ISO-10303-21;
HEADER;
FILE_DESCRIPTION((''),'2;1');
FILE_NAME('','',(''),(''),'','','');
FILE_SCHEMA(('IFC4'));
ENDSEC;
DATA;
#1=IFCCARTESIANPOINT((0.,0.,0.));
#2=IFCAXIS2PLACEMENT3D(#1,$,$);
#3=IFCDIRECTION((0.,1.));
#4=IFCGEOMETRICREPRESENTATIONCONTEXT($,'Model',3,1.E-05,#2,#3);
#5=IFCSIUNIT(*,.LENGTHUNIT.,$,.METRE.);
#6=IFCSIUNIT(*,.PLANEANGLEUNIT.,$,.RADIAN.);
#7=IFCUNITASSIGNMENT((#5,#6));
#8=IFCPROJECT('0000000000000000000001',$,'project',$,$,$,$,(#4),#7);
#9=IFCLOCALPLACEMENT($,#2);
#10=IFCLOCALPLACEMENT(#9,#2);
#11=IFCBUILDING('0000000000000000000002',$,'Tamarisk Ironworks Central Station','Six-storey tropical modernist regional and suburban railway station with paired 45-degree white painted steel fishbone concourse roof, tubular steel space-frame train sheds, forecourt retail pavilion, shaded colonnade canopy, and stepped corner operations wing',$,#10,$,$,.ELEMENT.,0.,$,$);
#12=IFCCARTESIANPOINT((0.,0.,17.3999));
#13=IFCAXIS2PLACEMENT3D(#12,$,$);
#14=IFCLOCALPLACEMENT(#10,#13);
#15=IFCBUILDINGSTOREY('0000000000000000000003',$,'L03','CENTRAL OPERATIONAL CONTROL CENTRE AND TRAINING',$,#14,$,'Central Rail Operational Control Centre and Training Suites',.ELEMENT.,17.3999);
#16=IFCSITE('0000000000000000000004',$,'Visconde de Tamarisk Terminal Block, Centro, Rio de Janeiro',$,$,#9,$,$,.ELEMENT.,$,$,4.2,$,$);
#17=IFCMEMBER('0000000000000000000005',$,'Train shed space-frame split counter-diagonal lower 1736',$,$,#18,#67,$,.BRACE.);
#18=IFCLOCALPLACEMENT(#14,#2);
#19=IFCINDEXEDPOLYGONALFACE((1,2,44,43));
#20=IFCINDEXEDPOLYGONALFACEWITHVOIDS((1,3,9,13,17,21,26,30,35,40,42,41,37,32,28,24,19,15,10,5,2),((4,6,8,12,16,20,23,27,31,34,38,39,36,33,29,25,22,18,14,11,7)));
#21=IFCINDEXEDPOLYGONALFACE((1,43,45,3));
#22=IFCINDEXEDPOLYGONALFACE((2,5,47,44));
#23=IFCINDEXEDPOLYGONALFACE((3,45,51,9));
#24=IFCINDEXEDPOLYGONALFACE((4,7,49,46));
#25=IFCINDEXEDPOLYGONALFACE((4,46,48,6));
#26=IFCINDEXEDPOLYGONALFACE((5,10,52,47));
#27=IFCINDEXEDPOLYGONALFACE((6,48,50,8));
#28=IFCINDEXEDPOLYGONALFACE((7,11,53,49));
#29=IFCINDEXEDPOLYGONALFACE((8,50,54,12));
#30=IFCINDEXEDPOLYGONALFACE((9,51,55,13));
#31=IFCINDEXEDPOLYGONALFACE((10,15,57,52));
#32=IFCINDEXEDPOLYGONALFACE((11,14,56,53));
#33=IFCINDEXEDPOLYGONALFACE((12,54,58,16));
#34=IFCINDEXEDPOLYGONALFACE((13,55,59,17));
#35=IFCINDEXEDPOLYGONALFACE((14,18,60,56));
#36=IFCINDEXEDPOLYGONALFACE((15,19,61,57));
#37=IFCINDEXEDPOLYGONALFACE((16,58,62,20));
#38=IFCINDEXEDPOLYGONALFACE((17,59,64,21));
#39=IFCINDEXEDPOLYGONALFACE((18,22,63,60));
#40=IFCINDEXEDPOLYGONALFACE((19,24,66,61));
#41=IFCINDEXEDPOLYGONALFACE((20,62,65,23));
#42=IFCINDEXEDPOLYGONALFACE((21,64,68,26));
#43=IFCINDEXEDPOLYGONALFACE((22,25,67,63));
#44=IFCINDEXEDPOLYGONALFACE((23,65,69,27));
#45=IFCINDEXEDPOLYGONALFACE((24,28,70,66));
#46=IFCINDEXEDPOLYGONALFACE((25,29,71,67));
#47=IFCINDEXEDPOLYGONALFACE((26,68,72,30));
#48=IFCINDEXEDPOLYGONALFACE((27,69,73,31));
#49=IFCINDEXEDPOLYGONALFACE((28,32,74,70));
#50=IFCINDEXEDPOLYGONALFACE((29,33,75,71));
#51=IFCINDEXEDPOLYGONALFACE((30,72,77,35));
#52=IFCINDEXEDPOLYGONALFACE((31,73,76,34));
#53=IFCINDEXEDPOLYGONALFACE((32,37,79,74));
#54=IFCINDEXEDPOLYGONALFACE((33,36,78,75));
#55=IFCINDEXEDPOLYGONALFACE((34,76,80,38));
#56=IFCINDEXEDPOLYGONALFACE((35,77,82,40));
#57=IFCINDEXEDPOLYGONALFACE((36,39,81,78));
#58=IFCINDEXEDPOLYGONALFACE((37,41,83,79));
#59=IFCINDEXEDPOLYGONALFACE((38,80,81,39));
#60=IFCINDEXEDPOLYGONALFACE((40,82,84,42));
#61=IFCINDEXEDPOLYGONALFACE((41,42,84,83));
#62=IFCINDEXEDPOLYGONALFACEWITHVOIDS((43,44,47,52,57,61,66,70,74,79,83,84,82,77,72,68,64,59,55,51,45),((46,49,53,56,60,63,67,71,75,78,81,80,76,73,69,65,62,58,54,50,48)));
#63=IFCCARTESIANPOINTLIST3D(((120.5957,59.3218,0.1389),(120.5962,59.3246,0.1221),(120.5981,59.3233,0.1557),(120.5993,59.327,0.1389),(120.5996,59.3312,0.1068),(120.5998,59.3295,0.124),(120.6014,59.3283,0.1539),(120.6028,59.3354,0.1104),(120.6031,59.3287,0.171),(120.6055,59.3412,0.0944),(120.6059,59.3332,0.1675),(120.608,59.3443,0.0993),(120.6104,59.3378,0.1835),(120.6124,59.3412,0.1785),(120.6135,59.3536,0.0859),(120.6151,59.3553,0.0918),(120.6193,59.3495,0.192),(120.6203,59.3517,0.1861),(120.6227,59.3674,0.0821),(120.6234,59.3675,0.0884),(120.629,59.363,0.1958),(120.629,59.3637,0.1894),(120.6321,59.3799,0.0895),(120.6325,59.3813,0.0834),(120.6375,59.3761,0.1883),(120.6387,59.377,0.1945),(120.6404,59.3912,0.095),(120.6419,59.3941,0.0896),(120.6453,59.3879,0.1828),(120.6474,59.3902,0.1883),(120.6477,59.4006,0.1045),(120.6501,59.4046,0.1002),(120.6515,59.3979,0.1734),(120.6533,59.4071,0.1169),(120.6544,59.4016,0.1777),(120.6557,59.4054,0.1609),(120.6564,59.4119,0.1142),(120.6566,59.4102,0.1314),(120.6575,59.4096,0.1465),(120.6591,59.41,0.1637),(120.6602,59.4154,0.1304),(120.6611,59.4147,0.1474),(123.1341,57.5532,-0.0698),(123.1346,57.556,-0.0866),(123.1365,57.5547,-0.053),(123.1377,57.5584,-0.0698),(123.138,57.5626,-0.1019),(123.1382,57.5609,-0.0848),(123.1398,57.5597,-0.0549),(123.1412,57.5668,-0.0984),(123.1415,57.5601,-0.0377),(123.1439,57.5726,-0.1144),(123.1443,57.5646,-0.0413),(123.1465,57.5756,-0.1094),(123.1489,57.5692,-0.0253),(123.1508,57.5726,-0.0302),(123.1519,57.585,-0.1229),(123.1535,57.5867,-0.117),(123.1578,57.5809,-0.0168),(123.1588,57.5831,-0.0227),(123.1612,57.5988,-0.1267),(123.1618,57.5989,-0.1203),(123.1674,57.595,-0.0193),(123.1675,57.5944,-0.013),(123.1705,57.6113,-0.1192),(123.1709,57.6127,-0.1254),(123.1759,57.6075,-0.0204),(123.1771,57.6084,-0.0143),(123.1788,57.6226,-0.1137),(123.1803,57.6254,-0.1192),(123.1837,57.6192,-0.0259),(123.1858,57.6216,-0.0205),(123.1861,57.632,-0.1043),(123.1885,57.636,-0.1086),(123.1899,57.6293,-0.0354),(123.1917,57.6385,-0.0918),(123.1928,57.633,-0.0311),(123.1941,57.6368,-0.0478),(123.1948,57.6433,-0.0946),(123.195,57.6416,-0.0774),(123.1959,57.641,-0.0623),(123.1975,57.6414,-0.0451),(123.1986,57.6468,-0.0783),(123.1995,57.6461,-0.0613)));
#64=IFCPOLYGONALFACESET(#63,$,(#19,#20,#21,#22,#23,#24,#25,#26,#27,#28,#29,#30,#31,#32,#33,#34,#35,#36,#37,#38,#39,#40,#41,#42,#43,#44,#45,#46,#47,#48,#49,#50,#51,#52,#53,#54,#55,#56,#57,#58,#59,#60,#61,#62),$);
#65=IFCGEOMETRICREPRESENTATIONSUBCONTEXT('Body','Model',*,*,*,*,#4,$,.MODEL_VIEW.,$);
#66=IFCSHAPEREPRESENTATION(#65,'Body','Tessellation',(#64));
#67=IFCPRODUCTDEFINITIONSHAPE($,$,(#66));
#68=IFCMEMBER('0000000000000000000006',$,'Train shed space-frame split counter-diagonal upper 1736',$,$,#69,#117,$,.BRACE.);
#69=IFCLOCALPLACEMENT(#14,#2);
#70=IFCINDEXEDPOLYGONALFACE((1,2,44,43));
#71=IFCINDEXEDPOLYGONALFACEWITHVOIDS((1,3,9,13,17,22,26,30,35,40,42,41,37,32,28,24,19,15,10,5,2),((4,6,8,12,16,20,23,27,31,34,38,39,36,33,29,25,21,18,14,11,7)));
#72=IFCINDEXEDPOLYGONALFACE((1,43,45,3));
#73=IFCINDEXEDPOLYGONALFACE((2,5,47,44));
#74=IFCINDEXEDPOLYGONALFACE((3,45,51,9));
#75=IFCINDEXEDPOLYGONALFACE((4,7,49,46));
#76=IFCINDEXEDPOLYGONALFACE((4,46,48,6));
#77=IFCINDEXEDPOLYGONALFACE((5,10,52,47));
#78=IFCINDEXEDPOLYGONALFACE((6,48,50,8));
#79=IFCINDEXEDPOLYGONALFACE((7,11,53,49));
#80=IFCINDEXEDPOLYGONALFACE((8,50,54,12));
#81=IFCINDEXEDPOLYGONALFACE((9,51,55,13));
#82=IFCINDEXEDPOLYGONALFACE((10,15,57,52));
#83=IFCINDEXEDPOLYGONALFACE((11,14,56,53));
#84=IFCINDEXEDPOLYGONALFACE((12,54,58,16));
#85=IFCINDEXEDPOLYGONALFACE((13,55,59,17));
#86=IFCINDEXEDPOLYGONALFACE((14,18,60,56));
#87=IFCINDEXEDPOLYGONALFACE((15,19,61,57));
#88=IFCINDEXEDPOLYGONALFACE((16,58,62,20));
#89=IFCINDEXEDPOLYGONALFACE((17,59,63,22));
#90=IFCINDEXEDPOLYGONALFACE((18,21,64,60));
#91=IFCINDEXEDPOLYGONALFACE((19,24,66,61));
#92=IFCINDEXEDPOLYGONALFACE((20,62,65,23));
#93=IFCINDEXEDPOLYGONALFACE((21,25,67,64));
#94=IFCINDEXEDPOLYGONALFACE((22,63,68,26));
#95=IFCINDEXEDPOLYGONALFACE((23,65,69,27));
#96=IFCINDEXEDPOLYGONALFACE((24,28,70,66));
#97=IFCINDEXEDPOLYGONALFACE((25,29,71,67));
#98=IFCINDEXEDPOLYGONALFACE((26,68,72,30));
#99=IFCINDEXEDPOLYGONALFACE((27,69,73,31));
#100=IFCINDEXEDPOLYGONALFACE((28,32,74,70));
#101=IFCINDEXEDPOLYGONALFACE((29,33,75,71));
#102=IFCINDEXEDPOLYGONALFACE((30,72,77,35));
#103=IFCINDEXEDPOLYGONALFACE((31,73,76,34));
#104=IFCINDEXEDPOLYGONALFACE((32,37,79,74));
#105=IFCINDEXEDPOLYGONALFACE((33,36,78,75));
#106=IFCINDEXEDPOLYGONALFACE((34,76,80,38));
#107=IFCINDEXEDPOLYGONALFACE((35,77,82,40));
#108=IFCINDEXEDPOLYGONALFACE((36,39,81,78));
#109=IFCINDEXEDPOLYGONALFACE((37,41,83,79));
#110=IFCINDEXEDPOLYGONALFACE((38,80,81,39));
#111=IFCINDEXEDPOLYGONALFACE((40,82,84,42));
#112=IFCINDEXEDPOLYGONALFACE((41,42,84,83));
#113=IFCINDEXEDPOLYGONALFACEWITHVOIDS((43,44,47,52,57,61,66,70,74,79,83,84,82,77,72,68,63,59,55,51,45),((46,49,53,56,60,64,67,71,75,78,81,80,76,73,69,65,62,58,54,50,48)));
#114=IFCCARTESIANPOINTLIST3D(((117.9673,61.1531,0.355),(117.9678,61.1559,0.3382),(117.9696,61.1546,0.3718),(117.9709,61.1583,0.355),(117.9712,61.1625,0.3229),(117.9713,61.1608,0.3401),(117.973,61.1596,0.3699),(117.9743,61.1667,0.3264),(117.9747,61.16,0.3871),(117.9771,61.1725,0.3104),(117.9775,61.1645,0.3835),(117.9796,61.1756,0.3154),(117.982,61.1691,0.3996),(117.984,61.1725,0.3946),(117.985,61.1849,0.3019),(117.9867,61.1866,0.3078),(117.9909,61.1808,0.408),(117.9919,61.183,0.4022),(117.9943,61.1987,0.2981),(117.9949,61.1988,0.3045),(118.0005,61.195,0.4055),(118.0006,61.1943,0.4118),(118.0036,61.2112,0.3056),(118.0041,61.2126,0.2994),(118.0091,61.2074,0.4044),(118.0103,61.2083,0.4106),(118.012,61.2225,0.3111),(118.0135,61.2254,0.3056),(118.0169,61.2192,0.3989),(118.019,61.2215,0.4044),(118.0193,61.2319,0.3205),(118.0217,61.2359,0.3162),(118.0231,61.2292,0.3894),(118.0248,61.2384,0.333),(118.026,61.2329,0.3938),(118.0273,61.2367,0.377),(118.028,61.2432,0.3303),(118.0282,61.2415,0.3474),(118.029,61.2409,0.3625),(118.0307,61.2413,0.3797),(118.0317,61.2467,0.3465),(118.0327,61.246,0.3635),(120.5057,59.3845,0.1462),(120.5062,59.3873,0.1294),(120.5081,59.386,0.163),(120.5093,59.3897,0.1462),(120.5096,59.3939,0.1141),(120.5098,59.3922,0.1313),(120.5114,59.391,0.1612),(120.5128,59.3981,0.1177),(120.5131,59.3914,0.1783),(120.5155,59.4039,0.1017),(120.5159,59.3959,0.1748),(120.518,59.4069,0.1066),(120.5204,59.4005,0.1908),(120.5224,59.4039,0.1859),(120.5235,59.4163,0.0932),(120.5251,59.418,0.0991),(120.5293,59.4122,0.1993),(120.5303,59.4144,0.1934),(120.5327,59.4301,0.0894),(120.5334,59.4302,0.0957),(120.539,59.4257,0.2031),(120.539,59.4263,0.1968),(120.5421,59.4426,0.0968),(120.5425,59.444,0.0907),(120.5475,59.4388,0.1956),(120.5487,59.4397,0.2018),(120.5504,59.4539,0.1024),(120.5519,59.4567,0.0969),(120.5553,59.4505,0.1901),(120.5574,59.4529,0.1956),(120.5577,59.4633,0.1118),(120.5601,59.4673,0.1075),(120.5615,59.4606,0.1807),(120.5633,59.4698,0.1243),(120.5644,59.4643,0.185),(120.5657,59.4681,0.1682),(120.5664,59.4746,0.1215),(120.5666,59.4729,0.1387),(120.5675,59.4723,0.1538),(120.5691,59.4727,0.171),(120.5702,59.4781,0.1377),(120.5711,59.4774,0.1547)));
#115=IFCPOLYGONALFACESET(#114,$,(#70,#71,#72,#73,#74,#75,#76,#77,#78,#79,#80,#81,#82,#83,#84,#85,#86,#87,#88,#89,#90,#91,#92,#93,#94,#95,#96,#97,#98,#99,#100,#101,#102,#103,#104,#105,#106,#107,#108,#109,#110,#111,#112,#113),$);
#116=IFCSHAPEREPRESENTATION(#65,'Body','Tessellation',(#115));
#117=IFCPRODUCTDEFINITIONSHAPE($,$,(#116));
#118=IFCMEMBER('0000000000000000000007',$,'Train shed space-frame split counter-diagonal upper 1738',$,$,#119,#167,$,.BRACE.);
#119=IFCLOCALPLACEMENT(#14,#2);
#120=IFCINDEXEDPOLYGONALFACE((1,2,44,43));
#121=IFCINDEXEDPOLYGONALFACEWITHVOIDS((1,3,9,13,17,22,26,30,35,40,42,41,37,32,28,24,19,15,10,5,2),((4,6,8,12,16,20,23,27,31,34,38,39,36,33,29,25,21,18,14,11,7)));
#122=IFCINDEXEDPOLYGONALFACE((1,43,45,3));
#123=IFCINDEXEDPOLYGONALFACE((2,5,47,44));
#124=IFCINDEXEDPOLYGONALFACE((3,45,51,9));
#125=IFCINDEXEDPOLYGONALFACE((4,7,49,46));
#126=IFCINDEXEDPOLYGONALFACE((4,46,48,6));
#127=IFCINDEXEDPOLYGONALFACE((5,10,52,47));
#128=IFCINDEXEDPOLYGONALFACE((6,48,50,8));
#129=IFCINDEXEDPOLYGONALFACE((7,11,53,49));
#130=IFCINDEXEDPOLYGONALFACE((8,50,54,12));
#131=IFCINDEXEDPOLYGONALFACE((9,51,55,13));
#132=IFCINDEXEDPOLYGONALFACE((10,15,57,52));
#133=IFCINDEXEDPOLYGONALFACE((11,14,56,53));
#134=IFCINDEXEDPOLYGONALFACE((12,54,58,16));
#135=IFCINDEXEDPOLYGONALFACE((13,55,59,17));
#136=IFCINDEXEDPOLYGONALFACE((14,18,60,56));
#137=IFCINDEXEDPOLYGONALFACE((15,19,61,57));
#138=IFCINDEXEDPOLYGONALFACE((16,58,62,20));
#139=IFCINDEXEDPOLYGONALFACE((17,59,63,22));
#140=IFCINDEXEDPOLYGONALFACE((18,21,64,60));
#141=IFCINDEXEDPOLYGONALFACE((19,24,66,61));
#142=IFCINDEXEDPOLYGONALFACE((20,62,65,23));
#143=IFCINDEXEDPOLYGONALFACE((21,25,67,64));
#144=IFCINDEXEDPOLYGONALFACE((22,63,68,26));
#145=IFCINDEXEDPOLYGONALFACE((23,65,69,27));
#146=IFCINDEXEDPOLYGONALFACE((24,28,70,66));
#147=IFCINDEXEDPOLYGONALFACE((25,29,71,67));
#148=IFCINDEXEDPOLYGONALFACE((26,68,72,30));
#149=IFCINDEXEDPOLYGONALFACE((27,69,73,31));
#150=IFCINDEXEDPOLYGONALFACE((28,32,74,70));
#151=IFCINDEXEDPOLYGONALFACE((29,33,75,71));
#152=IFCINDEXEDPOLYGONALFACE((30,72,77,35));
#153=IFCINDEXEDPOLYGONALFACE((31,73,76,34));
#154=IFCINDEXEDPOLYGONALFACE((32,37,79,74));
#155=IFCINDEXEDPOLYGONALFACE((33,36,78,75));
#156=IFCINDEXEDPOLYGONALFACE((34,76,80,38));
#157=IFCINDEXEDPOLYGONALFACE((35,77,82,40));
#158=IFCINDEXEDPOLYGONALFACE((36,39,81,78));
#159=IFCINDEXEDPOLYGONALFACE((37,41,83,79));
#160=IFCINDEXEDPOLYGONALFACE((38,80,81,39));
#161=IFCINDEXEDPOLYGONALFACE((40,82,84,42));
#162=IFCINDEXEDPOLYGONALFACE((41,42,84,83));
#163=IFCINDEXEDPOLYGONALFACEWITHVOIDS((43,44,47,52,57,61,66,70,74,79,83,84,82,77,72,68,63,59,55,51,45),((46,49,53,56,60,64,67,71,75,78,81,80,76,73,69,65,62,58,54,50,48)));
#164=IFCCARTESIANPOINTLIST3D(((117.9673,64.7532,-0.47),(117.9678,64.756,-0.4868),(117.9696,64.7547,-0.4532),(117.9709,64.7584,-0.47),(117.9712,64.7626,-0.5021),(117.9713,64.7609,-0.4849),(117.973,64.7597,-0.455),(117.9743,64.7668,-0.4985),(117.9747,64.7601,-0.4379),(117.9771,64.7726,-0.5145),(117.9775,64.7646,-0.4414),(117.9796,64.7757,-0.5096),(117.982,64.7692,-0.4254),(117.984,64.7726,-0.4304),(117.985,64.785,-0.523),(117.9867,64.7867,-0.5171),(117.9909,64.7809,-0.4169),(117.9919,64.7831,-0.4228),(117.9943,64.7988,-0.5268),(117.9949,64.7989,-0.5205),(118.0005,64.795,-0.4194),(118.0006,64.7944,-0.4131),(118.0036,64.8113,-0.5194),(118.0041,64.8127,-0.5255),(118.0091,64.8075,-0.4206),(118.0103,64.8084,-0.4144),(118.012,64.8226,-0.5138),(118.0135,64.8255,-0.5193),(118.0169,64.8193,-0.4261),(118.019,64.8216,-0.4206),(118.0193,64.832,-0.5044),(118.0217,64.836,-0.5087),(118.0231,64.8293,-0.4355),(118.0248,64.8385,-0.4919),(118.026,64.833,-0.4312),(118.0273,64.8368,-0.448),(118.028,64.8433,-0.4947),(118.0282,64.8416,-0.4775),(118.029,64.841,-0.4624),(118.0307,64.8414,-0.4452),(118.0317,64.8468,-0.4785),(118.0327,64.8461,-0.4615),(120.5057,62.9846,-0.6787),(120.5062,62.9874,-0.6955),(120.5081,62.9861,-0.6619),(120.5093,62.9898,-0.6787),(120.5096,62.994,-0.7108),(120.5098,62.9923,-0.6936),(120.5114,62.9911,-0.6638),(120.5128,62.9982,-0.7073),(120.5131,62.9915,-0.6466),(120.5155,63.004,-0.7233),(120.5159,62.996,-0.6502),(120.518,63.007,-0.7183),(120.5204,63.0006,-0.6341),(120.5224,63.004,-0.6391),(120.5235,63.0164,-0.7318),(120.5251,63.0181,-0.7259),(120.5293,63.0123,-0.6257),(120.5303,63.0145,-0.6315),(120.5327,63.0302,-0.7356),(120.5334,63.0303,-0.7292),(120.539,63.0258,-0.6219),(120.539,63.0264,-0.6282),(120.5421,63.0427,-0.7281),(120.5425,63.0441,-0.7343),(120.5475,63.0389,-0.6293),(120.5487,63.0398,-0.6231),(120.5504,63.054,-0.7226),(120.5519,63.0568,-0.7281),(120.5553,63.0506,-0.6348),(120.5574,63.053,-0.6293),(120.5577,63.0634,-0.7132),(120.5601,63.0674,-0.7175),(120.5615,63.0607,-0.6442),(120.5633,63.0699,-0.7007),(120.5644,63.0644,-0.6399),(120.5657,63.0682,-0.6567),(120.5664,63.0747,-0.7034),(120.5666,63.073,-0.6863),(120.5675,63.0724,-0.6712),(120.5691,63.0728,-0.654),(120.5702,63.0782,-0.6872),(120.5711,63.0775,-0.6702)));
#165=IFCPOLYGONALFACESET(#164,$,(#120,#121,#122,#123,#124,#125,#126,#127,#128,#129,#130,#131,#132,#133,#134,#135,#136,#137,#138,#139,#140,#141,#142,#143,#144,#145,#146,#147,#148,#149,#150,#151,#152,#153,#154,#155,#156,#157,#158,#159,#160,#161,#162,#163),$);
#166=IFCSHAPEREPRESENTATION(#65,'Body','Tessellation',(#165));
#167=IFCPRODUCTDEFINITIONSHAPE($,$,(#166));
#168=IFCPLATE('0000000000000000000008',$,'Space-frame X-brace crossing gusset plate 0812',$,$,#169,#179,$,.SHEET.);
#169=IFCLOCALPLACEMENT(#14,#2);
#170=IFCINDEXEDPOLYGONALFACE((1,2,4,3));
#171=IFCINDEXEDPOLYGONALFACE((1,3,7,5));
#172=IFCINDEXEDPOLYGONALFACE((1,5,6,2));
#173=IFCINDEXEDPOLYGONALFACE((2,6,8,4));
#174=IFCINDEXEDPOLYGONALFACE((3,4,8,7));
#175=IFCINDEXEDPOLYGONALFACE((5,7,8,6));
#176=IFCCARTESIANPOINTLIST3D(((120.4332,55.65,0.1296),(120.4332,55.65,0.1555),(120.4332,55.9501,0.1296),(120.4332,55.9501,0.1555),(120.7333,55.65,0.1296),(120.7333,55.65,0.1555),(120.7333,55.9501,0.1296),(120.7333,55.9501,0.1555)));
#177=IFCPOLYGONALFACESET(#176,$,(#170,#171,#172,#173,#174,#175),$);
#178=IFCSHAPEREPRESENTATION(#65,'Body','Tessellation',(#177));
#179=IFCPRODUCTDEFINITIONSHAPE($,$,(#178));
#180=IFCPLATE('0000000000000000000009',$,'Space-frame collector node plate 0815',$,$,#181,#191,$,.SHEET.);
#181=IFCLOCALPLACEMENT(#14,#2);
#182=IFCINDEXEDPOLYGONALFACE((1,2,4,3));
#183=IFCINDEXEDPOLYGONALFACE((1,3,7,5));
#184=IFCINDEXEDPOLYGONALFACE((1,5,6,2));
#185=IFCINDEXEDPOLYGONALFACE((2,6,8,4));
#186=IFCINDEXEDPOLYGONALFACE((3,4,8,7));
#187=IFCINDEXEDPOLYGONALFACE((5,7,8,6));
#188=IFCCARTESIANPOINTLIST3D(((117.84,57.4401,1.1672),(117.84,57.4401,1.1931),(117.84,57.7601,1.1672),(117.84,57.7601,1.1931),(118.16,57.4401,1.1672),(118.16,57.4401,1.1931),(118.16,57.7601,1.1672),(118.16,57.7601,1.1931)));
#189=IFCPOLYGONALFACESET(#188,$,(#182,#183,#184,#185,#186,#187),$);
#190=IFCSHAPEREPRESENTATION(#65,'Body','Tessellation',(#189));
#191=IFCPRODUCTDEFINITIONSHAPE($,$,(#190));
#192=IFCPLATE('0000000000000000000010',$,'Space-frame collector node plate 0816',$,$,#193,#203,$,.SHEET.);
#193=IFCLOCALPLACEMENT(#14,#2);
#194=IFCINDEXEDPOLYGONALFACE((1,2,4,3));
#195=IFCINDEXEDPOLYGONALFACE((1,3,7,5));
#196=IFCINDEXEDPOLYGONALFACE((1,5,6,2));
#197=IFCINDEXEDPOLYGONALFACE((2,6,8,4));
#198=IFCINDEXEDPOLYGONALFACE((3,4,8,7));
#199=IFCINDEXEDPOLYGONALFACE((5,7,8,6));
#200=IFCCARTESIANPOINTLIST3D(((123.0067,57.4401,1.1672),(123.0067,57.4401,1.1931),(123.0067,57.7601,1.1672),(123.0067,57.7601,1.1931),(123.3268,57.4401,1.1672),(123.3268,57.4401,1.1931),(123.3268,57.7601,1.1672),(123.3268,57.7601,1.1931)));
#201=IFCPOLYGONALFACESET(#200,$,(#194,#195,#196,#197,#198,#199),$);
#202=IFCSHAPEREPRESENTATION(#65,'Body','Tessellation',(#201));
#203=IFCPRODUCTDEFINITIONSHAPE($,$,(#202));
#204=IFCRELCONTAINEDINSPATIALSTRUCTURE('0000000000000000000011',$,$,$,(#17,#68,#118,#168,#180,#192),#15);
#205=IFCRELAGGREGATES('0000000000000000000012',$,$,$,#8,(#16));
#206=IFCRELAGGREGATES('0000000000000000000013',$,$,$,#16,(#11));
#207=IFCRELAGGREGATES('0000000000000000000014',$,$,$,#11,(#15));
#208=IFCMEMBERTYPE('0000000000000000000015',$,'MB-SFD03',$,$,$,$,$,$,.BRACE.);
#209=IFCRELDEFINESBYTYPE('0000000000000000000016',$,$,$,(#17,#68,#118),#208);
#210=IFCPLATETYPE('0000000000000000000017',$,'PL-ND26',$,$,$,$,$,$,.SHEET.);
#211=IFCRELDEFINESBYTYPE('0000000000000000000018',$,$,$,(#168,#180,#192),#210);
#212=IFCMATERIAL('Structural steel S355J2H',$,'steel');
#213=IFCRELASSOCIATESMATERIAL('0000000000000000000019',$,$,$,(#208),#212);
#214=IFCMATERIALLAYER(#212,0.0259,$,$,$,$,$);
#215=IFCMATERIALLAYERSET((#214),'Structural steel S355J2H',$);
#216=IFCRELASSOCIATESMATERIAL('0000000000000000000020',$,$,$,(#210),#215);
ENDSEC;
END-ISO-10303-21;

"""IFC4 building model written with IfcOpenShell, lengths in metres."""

from ifc_helpers import new_model, si_unit, direction, frame, origin, origin_2d, place, context, subcontext, project, spatial, rectangle, hollow_circle, extrude, material, layer, layer_set, material_profile, profile_set, type_object, element, save


model = new_model("IFC4")

# Units and contexts
model_context = context("Model", 3, precision=1e-05, world=origin(), true_north=direction((0.0, 1.0)))
body_context = subcontext(model_context, "Body", "Model", "MODEL_VIEW")
ifc_project = project(units=[si_unit("LENGTHUNIT", "METRE"), si_unit("PLANEANGLEUNIT", "RADIAN")], contexts=[model_context])

# Site, building, storey
site_placement = place(None, origin())
site = spatial("IfcSite", under=ifc_project, at=site_placement, Name="Visconde de Tamarisk Terminal Block, Centro, Rio de Janeiro", CompositionType="ELEMENT", RefElevation=4.2)
building_placement = place(site_placement, origin())
building = spatial("IfcBuilding", under=site, at=building_placement, Name="Tamarisk Ironworks Central Station", Description="Six-storey tropical modernist regional and suburban railway station with paired 45-degree white painted steel fishbone concourse roof, tubular steel space-frame train sheds, forecourt retail pavilion, shaded colonnade canopy, and stepped corner operations wing", CompositionType="ELEMENT", ElevationOfRefHeight=0.0)
storey_placement = place(building_placement, frame((0.0, 0.0, 17.3999)))
storey = spatial("IfcBuildingStorey", under=building, at=storey_placement, Name="L03", Description="CENTRAL OPERATIONAL CONTROL CENTRE AND TRAINING", LongName="Central Rail Operational Control Centre and Training Suites", CompositionType="ELEMENT", Elevation=17.3999)

# Members
ifc_material_1 = material(Name="Structural steel S355J2H", Category="steel")
ifc_material_profile_1 = material_profile(ifc_material_1, hollow_circle(Radius=0.0571, WallThickness=0.0063, at=origin_2d()), Name="CHS 114.3x6.3")
ifc_profile_set_1 = profile_set([ifc_material_profile_1], Name="Structural steel S355J2H")
member_type_1 = type_object("IfcMemberType", Name="MB-SFD03", PredefinedType="BRACE", material=ifc_profile_set_1)
for number, where, z_axis, x_axis, name in (
    (1, (123.1667, 57.6001, -0.0698), (-0.818625, 0.570369, 0.06732), (-0.571666, -0.820487, 0.0), "Train shed space-frame split counter-diagonal lower 1736"),
    (2, (120.5383, 59.4314, 0.1462), (-0.818625, 0.570369, 0.06732), (-0.571666, -0.820487, 0.0), "Train shed space-frame split counter-diagonal upper 1736"),
    (3, (120.5383, 63.0315, -0.6787), (-0.818625, 0.570369, 0.06732), (-0.571666, -0.820487, 0.0), "Train shed space-frame split counter-diagonal upper 1738"),
):
    element("IfcMember", number, at=place(storey_placement, frame(where, z_axis=z_axis, x_axis=x_axis)), inside=storey, type_object=member_type_1, Name=name, PredefinedType="BRACE", context=body_context, shape_type="SweptSolid", body=[
        extrude(hollow_circle(Radius=0.0571, WallThickness=0.0063, at=origin_2d()), origin(), (0.0, 0.0, 1.0), 3.1008),
    ])

# Plates
ifc_layer_1 = layer(ifc_material_1, 0.0259)
ifc_layer_set_1 = layer_set([ifc_layer_1], Name="Structural steel S355J2H")
plate_type = type_object("IfcPlateType", Name="PL-ND26", PredefinedType="SHEET", material=ifc_layer_set_1)
plate_1_placement = place(storey_placement, frame((120.5833, 55.8, 0.1296), z_axis=(0.0, 0.0, 1.0), x_axis=(1.0, 0.0, 0.0)))
element("IfcPlate", 4, at=plate_1_placement, inside=storey, type_object=plate_type, Name="Space-frame X-brace crossing gusset plate 0812", PredefinedType="SHEET", context=body_context, shape_type="SweptSolid", body=[
    extrude(rectangle(XDim=0.3, YDim=0.3, at=origin_2d()), origin(), (0.0, 0.0, 1.0), 0.0259),
])
for number, where, z_axis, x_axis, name in (
    (5, (118.0, 57.6001, 1.1672), (0.0, 0.0, 1.0), (1.0, 0.0, 0.0), "Space-frame collector node plate 0815"),
    (6, (123.1667, 57.6001, 1.1672), (0.0, 0.0, 1.0), (1.0, 0.0, 0.0), "Space-frame collector node plate 0816"),
):
    element("IfcPlate", number, at=place(storey_placement, frame(where, z_axis=z_axis, x_axis=x_axis)), inside=storey, type_object=plate_type, Name=name, PredefinedType="SHEET", context=body_context, shape_type="SweptSolid", body=[
        extrude(rectangle(XDim=0.3201, YDim=0.3201, at=origin_2d()), origin(), (0.0, 0.0, 1.0), 0.0259),
    ])

save(model, "model.ifc")
